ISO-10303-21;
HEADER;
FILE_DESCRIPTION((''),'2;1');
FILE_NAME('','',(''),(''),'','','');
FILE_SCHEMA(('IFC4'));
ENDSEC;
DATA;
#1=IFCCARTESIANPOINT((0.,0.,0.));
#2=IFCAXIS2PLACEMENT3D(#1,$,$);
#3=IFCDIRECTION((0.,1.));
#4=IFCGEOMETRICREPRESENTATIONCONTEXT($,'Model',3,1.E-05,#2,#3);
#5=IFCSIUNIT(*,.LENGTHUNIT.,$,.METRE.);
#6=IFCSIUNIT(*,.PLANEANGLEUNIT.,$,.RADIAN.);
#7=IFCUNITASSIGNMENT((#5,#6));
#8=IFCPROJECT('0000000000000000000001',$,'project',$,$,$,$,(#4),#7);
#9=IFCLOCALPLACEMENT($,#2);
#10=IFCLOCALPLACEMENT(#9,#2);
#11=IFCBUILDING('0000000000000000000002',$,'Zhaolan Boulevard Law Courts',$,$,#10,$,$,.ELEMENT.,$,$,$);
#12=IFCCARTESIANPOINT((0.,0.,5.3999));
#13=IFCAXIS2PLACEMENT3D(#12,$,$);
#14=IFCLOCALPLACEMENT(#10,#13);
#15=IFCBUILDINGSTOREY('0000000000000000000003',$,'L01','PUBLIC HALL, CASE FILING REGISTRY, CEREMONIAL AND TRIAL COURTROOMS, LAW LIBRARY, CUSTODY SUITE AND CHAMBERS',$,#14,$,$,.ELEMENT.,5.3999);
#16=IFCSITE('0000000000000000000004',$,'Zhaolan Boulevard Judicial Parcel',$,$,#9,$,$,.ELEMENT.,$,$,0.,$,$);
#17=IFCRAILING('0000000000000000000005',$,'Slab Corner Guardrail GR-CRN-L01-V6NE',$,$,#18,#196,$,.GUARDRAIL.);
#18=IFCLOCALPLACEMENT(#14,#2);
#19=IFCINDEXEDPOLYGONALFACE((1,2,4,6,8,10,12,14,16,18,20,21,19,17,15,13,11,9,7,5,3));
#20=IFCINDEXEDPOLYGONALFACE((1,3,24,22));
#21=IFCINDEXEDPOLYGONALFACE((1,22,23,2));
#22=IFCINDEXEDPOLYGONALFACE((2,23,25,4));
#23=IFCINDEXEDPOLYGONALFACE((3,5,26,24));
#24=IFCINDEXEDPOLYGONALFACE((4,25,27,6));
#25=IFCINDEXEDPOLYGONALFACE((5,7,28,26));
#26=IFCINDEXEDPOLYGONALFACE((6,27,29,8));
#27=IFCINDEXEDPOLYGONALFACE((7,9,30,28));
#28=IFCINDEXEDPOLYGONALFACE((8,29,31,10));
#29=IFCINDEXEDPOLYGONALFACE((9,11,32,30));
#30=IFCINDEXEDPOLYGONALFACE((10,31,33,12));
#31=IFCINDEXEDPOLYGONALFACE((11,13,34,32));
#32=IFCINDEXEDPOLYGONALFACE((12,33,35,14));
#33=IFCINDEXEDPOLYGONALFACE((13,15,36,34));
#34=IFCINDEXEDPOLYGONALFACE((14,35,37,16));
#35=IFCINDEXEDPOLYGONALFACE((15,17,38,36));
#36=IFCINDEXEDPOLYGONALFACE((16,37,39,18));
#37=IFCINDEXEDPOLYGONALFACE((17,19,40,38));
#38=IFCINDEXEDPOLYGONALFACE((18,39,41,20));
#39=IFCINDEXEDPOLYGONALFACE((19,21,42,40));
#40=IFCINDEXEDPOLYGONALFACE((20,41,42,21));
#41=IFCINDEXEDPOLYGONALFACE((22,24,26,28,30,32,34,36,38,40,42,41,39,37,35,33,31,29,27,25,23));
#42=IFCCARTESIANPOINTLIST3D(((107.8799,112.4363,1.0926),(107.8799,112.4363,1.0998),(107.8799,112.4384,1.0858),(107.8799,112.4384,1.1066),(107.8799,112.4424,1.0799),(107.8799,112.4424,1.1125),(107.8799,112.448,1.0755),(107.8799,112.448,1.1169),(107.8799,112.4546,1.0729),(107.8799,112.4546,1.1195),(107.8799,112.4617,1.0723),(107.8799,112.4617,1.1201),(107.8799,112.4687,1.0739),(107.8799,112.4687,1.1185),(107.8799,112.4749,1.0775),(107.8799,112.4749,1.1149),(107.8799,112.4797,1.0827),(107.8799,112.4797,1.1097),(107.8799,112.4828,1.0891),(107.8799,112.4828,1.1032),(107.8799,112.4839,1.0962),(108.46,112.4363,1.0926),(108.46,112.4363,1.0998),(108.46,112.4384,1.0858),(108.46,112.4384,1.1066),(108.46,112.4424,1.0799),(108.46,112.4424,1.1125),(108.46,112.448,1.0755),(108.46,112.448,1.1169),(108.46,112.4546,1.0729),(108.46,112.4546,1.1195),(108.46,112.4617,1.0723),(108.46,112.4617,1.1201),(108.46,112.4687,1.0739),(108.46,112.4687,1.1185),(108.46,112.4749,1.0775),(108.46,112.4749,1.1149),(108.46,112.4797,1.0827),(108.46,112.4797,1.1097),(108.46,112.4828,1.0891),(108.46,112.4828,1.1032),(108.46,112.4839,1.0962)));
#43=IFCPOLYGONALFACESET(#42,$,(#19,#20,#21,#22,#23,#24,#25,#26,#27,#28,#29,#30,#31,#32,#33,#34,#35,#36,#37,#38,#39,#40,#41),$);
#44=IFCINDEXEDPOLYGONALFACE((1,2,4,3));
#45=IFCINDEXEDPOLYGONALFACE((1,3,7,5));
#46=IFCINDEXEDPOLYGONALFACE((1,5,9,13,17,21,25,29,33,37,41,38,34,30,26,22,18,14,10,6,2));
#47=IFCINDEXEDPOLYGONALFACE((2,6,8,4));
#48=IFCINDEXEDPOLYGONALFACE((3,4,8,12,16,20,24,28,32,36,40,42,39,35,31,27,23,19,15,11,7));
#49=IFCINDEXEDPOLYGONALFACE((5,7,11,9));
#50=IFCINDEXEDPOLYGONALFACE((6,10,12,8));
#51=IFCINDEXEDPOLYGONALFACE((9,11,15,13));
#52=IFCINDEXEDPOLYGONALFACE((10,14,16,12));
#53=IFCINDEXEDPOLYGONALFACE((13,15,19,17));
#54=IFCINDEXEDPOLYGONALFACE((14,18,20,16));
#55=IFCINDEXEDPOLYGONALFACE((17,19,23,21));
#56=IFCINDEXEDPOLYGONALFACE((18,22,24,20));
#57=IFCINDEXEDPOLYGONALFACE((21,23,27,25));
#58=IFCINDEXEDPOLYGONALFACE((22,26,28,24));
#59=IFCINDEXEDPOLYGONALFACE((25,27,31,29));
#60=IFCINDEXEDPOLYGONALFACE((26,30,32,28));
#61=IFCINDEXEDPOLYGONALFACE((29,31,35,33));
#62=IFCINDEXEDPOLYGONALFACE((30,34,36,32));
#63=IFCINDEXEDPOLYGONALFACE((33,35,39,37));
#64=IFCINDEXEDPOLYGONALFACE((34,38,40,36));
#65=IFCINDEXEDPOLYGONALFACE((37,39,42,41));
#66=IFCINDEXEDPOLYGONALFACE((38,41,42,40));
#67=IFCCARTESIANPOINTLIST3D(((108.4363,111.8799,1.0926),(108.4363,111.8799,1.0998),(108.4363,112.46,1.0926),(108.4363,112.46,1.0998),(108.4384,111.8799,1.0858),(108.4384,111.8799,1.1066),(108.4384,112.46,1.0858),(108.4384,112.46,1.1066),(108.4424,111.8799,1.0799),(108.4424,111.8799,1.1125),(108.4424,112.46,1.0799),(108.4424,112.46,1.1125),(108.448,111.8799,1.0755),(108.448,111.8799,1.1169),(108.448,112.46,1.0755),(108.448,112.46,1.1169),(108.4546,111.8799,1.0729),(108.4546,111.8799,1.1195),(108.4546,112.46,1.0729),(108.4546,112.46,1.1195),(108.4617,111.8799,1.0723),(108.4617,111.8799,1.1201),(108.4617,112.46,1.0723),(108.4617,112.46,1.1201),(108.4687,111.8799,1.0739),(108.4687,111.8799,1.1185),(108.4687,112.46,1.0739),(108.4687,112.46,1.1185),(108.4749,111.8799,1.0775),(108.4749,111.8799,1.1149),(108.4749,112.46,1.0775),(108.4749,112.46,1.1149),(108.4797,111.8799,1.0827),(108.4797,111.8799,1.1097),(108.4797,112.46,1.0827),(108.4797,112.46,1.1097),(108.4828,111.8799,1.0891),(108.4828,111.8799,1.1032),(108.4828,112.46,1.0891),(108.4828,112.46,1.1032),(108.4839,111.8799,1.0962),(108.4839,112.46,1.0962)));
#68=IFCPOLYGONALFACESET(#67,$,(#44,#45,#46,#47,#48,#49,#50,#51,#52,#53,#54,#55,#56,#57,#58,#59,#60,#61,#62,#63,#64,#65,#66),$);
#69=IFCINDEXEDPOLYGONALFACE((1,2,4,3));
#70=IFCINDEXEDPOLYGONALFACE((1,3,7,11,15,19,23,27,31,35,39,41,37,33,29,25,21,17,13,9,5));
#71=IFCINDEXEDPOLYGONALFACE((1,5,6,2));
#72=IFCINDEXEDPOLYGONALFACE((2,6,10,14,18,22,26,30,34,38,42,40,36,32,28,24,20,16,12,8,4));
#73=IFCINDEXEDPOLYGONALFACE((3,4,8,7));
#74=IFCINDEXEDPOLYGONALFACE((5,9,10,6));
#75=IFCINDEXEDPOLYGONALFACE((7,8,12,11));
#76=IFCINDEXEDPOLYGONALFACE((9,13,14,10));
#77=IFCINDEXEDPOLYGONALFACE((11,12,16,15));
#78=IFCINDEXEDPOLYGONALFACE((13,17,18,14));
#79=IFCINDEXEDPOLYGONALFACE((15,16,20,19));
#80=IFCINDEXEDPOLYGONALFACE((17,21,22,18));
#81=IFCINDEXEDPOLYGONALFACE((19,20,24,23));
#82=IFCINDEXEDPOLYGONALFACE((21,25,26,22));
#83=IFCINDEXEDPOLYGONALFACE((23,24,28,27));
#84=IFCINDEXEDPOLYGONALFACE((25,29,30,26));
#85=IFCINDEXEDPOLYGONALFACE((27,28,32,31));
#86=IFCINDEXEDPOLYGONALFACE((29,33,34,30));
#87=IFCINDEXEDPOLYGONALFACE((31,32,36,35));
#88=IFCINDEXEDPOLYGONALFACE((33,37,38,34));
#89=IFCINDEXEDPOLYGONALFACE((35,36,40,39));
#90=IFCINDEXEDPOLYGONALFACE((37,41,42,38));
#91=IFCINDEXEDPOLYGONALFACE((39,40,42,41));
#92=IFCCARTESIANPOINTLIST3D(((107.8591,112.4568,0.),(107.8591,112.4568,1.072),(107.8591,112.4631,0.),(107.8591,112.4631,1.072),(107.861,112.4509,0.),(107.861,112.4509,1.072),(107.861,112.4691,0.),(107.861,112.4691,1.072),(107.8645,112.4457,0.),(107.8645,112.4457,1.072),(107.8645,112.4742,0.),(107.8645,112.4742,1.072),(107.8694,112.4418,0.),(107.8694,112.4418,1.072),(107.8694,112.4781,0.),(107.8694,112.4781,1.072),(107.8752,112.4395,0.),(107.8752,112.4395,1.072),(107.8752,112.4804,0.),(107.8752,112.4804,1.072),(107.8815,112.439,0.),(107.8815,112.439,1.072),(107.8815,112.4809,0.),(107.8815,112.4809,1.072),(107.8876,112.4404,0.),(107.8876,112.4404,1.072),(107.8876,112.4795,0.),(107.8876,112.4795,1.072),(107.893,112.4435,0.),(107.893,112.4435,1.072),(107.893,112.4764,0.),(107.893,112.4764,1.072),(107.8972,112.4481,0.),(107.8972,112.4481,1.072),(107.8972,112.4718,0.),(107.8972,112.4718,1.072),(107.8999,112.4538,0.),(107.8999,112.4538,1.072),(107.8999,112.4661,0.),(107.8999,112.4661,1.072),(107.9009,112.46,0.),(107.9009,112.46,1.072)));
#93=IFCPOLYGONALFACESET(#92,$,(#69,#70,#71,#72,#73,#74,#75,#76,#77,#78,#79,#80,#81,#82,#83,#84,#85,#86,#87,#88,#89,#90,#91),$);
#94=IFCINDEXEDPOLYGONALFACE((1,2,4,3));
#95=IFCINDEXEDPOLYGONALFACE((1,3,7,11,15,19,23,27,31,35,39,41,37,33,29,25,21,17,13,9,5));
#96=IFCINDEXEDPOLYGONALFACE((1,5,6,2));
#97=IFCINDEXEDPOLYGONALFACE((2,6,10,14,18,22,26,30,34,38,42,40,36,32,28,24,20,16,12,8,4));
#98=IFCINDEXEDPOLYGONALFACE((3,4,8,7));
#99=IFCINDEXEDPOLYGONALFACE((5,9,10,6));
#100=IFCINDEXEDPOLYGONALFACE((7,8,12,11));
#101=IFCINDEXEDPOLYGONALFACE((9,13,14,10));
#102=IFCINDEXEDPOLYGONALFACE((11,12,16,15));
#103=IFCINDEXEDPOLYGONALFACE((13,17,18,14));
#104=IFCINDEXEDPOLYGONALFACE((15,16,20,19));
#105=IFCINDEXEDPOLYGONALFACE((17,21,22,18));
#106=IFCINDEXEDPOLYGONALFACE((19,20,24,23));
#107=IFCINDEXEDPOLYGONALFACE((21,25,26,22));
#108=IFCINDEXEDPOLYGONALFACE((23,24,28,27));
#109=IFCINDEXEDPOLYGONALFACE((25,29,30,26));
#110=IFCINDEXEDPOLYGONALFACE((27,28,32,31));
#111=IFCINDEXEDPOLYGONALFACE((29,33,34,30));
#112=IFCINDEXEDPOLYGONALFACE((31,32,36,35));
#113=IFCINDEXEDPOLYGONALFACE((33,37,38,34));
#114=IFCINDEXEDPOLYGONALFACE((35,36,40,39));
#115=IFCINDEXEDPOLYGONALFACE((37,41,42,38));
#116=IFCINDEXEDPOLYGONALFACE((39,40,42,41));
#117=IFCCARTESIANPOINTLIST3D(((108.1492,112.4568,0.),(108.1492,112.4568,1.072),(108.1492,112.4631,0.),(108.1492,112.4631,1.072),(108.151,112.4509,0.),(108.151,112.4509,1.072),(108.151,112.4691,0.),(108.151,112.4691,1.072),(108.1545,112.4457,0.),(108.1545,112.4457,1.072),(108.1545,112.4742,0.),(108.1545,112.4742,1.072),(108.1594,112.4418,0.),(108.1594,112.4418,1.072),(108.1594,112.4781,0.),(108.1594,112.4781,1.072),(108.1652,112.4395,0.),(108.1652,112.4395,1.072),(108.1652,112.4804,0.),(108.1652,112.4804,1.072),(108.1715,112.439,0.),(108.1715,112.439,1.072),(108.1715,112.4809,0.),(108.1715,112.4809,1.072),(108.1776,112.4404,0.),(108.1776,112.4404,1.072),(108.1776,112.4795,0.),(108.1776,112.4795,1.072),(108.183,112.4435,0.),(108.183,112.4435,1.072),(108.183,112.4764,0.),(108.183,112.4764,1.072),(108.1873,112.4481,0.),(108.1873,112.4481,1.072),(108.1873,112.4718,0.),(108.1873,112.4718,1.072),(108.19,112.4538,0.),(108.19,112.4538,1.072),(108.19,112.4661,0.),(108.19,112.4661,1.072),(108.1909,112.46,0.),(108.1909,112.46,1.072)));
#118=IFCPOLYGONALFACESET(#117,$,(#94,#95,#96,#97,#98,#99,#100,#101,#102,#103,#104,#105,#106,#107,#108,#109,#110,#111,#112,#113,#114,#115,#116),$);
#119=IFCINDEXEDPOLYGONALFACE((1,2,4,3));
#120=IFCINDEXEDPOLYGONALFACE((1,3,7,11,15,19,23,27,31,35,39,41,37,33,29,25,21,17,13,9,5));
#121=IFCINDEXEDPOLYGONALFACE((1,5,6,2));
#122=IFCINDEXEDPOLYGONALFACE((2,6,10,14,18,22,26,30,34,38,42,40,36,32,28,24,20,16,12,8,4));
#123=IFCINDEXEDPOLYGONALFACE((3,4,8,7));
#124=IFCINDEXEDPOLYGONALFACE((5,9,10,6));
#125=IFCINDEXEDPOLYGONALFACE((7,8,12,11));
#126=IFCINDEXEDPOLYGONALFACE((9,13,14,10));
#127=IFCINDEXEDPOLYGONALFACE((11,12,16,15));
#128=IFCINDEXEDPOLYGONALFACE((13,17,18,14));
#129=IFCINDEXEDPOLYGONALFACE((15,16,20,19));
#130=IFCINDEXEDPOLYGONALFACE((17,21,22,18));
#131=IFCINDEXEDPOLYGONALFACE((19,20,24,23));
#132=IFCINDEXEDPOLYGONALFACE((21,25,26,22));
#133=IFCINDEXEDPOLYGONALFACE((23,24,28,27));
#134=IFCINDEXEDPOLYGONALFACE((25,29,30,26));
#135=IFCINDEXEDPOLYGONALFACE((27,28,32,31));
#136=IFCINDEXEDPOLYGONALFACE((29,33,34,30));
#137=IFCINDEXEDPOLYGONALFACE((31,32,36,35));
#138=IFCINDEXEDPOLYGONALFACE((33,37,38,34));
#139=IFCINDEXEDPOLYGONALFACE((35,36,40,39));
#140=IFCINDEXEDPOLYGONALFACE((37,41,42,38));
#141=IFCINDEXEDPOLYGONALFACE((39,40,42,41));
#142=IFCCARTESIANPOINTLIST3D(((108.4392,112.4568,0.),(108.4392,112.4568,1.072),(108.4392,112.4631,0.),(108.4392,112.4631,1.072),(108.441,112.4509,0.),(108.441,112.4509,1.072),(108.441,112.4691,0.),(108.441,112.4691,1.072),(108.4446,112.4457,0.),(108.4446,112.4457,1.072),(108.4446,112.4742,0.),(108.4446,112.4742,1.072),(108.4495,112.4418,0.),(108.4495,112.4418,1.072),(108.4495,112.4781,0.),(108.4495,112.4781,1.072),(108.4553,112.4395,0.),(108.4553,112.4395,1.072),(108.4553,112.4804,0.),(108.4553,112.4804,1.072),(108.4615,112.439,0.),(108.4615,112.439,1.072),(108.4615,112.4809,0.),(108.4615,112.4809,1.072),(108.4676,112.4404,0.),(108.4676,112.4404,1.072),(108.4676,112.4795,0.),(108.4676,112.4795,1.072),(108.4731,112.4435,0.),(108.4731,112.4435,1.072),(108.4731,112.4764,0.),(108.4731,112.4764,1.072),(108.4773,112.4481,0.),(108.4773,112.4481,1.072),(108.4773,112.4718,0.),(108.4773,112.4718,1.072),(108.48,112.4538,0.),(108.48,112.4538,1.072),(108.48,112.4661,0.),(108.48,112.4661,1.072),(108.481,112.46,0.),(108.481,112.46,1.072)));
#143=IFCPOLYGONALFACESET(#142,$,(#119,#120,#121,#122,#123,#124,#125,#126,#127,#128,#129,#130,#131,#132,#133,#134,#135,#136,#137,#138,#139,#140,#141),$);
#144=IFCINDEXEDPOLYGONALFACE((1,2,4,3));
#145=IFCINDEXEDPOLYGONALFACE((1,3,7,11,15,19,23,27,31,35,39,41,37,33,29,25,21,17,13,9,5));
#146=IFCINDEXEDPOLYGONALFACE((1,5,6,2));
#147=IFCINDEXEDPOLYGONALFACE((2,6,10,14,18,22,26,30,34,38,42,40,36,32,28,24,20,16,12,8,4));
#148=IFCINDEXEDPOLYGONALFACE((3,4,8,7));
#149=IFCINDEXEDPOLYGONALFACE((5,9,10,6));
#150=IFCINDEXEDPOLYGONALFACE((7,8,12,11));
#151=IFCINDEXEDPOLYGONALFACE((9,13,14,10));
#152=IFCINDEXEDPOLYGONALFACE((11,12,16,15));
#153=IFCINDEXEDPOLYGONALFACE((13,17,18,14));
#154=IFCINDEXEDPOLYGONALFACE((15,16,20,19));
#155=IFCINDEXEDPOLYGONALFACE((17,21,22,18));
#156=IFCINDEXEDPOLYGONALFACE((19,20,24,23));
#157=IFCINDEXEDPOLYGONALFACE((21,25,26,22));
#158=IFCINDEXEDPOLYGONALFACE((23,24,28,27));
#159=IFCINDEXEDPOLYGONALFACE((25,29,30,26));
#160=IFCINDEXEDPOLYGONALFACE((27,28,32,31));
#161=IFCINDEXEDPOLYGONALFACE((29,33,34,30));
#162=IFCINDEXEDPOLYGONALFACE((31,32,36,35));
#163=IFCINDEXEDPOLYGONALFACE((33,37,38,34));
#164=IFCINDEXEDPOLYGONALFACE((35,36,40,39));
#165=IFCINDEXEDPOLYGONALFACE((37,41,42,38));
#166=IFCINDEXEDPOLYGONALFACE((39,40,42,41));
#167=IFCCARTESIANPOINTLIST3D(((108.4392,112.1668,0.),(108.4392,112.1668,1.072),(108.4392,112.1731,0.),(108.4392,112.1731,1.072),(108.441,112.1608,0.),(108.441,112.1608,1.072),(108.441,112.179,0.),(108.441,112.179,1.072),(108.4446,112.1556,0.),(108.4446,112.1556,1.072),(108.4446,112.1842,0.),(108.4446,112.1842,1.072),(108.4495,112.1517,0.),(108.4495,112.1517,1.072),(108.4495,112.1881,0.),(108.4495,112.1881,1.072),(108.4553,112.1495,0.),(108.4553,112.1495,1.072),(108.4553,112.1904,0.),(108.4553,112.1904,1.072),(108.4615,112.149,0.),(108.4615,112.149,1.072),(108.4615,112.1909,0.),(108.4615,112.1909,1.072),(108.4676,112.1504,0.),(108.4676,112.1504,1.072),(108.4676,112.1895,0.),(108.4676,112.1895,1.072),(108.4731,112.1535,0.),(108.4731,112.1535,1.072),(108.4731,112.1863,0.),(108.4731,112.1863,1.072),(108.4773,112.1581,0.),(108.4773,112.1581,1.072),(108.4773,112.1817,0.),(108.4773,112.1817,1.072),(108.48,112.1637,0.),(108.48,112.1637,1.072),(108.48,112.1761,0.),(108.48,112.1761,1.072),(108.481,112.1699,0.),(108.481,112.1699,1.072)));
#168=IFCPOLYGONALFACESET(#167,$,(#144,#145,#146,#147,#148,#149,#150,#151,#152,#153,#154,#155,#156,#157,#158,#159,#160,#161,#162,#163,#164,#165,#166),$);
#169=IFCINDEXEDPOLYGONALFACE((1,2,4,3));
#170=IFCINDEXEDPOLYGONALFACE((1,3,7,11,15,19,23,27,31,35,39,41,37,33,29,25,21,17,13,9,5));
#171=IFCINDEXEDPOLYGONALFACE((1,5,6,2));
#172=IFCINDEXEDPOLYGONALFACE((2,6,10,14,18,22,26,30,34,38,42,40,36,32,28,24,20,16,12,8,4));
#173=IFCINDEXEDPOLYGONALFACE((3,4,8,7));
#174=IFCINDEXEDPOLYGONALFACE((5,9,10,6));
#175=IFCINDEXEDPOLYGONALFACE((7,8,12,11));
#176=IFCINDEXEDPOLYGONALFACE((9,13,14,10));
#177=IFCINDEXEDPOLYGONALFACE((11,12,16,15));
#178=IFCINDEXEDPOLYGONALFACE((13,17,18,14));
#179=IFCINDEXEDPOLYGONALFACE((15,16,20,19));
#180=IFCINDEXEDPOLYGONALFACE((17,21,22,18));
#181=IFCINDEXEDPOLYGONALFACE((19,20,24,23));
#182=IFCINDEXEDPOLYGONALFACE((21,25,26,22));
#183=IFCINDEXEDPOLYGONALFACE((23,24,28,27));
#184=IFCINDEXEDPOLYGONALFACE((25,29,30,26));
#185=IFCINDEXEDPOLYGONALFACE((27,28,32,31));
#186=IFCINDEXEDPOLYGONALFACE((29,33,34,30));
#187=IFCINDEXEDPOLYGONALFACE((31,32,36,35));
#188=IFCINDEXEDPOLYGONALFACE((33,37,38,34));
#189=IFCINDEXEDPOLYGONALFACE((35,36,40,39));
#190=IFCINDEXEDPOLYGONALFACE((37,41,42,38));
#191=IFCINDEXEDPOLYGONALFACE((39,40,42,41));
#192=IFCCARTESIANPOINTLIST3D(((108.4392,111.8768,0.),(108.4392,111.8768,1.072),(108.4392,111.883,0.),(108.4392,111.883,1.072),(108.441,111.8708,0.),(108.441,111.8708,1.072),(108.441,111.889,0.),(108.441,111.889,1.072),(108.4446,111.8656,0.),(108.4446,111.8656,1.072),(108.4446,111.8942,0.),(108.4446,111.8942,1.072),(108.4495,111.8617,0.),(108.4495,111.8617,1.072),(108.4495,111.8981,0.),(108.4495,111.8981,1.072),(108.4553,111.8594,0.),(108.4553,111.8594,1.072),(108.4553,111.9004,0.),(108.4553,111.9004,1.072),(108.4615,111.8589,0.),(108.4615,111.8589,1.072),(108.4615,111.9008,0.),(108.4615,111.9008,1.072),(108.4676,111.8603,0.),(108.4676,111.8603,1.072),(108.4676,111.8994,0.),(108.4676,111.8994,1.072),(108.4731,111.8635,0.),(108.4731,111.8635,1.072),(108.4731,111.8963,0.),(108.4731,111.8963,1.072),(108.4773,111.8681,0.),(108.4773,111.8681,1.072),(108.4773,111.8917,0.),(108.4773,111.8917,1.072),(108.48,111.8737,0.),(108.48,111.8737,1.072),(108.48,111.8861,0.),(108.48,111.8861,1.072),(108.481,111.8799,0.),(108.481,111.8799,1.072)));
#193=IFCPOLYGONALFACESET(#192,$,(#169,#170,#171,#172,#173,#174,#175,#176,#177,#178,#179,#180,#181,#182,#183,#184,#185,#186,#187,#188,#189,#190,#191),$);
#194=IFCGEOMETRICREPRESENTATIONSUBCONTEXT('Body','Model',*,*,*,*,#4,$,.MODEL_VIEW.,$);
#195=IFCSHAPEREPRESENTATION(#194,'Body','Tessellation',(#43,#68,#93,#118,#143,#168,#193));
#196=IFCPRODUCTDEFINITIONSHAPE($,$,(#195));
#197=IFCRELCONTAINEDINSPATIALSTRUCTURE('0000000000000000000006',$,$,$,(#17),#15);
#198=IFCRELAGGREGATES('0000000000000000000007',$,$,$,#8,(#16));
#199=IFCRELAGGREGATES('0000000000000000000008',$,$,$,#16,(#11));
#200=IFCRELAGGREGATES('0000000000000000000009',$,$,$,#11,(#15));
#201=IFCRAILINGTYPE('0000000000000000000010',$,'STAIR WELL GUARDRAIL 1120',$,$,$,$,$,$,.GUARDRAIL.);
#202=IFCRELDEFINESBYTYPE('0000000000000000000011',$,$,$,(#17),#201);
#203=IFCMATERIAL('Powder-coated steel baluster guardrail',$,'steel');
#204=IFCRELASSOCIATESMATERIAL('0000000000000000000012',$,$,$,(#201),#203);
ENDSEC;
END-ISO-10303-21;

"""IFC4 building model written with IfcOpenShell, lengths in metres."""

from ifc_helpers import new_model, si_unit, direction, frame, origin, origin_2d, place, context, subcontext, project, spatial, circle, extrude, material, type_object, element, save


model = new_model("IFC4")

# Units and contexts
model_context = context("Model", 3, precision=1e-05, world=origin(), true_north=direction((0.0, 1.0)))
body_context = subcontext(model_context, "Body", "Model", "MODEL_VIEW")
ifc_project = project(units=[si_unit("LENGTHUNIT", "METRE"), si_unit("PLANEANGLEUNIT", "RADIAN")], contexts=[model_context])

# Site, building, storey
site_placement = place(None, origin())
site = spatial("IfcSite", under=ifc_project, at=site_placement, Name="Zhaolan Boulevard Judicial Parcel", CompositionType="ELEMENT", RefElevation=0.0)
building_placement = place(site_placement, origin())
building = spatial("IfcBuilding", under=site, at=building_placement, Name="Zhaolan Boulevard Law Courts", CompositionType="ELEMENT")
storey_placement = place(building_placement, frame((0.0, 0.0, 5.3999)))
storey = spatial("IfcBuildingStorey", under=building, at=storey_placement, Name="L01", Description="PUBLIC HALL, CASE FILING REGISTRY, CEREMONIAL AND TRIAL COURTROOMS, LAW LIBRARY, CUSTODY SUITE AND CHAMBERS", CompositionType="ELEMENT", Elevation=5.3999)

# Railing
ifc_material_1 = material(Name="Powder-coated steel baluster guardrail", Category="steel")
railing_type = type_object("IfcRailingType", Name="STAIR WELL GUARDRAIL 1120", PredefinedType="GUARDRAIL", material=ifc_material_1)
railing_placement = place(storey_placement, frame((107.8799, 112.46, 0.0)))
element("IfcRailing", 1, at=railing_placement, inside=storey, type_object=railing_type, Name="Slab Corner Guardrail GR-CRN-L01-V6NE", PredefinedType="GUARDRAIL", context=body_context, shape_type="SweptSolid", body=[
    extrude(circle(Radius=0.0239, at=origin_2d()), frame((0.0, 0.0, 1.0962), z_axis=(1.0, 0.0, 0.0), x_axis=(0.0, 1.0, 0.0)), (0.0, 0.0, 1.0), 0.5801),
    extrude(circle(Radius=0.0239, at=origin_2d()), frame((0.5801, 0.0, 1.0962), z_axis=(0.0, -1.0, 0.0), x_axis=(1.0, 0.0, 0.0)), (0.0, 0.0, 1.0), 0.5801),
    extrude(circle(Radius=0.021, at=origin_2d()), origin(), (0.0, 0.0, 1.0), 1.072),
    extrude(circle(Radius=0.021, at=origin_2d()), frame((0.29, 0.0, 0.0)), (0.0, 0.0, 1.0), 1.072),
    extrude(circle(Radius=0.021, at=origin_2d()), frame((0.5801, 0.0, 0.0)), (0.0, 0.0, 1.0), 1.072),
    extrude(circle(Radius=0.021, at=origin_2d()), frame((0.5801, -0.29, 0.0)), (0.0, 0.0, 1.0), 1.072),
    extrude(circle(Radius=0.021, at=origin_2d()), frame((0.5801, -0.5801, 0.0)), (0.0, 0.0, 1.0), 1.072),
])

save(model, "model.ifc")
